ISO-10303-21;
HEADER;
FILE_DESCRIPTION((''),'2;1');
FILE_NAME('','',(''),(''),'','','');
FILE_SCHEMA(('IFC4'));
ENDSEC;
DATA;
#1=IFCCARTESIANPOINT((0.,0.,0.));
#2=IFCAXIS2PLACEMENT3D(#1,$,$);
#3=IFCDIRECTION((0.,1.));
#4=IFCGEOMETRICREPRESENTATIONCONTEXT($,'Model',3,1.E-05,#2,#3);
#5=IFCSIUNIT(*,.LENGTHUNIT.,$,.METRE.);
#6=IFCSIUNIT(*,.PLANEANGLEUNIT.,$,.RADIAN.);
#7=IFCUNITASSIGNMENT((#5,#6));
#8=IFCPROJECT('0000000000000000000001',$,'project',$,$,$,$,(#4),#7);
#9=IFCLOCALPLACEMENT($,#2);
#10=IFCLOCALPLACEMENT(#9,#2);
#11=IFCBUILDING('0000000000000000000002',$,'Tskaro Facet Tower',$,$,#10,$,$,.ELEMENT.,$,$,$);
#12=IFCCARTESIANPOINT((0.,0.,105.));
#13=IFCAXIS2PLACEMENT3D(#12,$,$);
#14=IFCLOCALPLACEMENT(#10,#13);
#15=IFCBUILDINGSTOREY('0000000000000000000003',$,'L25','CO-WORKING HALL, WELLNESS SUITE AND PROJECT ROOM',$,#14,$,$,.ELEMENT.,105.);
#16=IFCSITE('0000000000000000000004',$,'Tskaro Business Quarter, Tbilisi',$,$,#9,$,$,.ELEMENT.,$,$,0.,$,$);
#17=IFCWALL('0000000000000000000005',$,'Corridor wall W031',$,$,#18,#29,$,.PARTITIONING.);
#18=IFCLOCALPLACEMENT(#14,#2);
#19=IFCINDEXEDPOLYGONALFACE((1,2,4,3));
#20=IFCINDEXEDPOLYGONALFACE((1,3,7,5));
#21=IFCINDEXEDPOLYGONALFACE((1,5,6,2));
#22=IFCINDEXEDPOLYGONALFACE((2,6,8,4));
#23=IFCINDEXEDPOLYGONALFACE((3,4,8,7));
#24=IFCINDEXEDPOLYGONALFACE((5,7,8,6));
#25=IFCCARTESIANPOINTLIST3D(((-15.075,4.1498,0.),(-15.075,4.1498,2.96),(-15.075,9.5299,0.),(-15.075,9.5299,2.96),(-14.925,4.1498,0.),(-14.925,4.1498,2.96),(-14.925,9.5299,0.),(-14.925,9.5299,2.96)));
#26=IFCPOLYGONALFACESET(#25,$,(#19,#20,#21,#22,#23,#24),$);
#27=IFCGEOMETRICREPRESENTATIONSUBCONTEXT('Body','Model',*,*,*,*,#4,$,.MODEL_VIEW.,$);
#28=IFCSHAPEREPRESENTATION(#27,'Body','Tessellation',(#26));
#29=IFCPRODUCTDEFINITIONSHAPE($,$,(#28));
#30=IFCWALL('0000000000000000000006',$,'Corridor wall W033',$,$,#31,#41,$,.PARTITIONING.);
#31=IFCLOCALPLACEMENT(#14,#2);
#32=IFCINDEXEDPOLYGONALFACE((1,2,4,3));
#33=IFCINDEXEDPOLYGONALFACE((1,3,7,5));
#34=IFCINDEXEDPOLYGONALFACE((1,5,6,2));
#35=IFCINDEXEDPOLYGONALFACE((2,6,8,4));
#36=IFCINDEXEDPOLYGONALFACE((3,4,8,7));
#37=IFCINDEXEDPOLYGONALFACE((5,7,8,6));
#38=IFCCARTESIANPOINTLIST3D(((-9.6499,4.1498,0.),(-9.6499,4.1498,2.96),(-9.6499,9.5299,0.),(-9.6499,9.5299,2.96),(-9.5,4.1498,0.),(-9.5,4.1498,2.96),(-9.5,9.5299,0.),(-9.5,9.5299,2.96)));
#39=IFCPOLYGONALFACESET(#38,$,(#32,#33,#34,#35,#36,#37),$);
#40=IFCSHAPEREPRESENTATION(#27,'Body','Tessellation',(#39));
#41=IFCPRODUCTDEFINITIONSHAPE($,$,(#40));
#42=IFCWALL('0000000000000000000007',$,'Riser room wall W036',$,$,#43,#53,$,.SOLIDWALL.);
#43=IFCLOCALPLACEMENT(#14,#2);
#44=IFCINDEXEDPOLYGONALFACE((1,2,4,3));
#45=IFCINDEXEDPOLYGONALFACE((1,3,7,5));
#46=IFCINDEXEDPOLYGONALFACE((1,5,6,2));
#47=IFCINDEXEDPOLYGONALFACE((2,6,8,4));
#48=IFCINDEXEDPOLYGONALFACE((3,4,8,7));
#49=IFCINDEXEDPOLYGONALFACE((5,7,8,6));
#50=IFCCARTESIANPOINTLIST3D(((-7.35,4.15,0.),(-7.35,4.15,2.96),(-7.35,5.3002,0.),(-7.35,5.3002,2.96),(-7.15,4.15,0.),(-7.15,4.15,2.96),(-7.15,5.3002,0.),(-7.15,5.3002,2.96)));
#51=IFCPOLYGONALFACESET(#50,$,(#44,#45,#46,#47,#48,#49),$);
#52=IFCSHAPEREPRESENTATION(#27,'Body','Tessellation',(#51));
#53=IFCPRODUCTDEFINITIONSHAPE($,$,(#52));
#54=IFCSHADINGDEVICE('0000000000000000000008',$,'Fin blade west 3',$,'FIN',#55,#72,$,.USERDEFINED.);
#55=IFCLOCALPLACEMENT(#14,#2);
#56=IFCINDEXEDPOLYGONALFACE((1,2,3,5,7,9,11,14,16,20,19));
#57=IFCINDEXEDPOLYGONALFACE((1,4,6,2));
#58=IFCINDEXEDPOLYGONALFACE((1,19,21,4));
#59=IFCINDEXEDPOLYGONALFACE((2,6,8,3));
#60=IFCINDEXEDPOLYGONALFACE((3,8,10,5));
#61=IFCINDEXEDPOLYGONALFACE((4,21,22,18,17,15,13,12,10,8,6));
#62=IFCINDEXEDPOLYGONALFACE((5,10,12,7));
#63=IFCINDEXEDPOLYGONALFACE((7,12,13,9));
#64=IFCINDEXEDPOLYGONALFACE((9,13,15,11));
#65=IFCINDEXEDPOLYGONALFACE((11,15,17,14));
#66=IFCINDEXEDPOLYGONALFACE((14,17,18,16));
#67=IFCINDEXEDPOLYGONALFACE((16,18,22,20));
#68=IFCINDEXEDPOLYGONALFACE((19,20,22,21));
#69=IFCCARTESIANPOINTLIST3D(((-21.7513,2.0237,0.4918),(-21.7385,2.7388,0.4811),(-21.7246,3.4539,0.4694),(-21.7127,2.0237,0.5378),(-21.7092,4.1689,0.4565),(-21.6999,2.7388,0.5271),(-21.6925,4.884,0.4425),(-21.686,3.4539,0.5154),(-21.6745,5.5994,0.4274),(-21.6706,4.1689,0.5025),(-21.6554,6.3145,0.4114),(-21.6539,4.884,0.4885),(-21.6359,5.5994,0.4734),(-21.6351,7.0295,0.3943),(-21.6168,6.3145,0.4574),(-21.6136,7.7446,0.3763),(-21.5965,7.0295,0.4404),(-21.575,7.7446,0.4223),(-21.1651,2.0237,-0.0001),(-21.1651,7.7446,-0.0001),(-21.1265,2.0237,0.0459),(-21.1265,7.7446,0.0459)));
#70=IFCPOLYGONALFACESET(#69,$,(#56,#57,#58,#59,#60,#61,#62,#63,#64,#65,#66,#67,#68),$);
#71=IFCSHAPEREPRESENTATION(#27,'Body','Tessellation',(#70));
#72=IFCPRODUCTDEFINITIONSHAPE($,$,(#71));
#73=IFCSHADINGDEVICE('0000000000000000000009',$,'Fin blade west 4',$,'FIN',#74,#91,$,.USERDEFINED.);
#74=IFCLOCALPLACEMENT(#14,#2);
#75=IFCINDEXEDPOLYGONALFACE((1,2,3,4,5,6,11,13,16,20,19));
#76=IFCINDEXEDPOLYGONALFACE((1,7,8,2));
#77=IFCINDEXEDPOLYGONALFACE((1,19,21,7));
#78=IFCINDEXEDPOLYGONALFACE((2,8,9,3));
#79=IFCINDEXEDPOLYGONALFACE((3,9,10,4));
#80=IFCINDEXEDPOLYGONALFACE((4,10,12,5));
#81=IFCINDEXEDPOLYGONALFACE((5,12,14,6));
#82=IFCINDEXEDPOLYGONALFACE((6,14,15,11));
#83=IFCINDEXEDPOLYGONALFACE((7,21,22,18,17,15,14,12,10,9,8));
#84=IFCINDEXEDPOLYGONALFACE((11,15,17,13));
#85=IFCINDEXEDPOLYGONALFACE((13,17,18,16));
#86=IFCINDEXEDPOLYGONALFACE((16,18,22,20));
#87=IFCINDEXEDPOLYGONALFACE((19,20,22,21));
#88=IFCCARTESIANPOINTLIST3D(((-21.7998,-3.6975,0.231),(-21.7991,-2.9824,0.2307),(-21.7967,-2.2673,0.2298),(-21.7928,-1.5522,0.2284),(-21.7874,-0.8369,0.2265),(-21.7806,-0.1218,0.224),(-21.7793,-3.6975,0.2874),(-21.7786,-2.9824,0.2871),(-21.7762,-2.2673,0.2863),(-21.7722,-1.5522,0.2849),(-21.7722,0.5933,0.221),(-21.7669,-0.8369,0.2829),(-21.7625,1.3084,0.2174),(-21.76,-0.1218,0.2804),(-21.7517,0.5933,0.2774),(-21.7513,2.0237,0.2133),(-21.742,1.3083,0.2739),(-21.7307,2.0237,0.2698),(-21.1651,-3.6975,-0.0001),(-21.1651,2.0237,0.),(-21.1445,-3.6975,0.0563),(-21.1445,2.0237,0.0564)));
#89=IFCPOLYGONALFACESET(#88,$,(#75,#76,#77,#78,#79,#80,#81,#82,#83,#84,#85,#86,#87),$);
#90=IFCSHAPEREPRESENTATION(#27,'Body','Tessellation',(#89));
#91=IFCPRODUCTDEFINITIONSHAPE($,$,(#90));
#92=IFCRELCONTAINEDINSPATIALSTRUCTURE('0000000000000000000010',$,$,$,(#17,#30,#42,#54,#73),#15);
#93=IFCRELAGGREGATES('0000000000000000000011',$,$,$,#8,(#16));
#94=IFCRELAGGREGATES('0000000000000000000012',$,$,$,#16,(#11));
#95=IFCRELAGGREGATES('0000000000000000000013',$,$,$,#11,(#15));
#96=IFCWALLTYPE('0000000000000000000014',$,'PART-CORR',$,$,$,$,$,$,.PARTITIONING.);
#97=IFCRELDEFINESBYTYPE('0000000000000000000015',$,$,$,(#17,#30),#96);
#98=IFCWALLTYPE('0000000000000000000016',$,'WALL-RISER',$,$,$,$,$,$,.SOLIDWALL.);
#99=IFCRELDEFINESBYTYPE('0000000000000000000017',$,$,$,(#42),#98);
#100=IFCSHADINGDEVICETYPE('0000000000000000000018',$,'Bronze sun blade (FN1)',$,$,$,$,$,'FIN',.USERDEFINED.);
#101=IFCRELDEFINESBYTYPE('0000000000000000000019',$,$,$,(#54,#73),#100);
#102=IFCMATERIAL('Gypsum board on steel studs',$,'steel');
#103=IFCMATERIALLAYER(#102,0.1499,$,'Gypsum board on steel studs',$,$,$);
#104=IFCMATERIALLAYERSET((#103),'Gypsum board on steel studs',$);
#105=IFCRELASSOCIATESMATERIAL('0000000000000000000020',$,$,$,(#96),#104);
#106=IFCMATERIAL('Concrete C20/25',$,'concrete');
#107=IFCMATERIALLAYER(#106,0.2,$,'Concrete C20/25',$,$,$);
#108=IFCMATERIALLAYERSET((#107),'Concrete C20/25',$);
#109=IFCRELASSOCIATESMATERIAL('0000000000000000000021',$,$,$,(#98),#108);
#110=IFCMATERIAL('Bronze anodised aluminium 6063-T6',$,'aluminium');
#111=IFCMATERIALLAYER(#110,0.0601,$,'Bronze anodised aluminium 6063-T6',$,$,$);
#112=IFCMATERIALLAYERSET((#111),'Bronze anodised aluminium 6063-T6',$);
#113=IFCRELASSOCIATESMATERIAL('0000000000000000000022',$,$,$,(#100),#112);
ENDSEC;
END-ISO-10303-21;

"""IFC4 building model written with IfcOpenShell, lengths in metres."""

from ifc_helpers import new_model, si_unit, direction, frame, frame_2d, origin, place, context, subcontext, project, spatial, polyline, rectangle, outline, extrude, material, layer, layer_set, type_object, element, save


model = new_model("IFC4")

# Units and contexts
model_context = context("Model", 3, precision=1e-05, world=origin(), true_north=direction((0.0, 1.0)))
body_context = subcontext(model_context, "Body", "Model", "MODEL_VIEW")
ifc_project = project(units=[si_unit("LENGTHUNIT", "METRE"), si_unit("PLANEANGLEUNIT", "RADIAN")], contexts=[model_context])

# Site, building, storey
site_placement = place(None, origin())
site = spatial("IfcSite", under=ifc_project, at=site_placement, Name="Tskaro Business Quarter, Tbilisi", CompositionType="ELEMENT", RefElevation=0.0)
building_placement = place(site_placement, origin())
building = spatial("IfcBuilding", under=site, at=building_placement, Name="Tskaro Facet Tower", CompositionType="ELEMENT")
storey_placement = place(building_placement, frame((0.0, 0.0, 105.0)))
storey = spatial("IfcBuildingStorey", under=building, at=storey_placement, Name="L25", Description="CO-WORKING HALL, WELLNESS SUITE AND PROJECT ROOM", CompositionType="ELEMENT", Elevation=105.0)

# Shared definitions
ifc_material_1 = material(Name="Bronze anodised aluminium 6063-T6", Category="aluminium")

# Walls
ifc_material_2 = material(Name="Gypsum board on steel studs", Category="steel")
ifc_layer_1 = layer(ifc_material_2, 0.1499, Name="Gypsum board on steel studs")
ifc_layer_set_1 = layer_set([ifc_layer_1], Name="Gypsum board on steel studs")
wall_type_1 = type_object("IfcWallType", Name="PART-CORR", PredefinedType="PARTITIONING", material=ifc_layer_set_1)
for number, where, z_axis, x_axis, name in (
    (1, (-15.0, 4.1499, 0.0), (0.0, 0.0, 1.0), (0.0, 1.0, 0.0), "Corridor wall W031"),
    (2, (-9.575, 4.1499, 0.0), (0.0, 0.0, 1.0), (0.0, 1.0, 0.0), "Corridor wall W033"),
):
    element("IfcWall", number, at=place(storey_placement, frame(where, z_axis=z_axis, x_axis=x_axis)), inside=storey, type_object=wall_type_1, Name=name, PredefinedType="PARTITIONING", context=body_context, shape_type="SweptSolid", body=[
        extrude(rectangle(XDim=5.3801, YDim=0.1499, at=frame_2d((2.6899, 0.0))), origin(), (0.0, 0.0, 1.0), 2.96),
    ])
ifc_material_3 = material(Name="Concrete C20/25", Category="concrete")
ifc_layer_2 = layer(ifc_material_3, 0.2, Name="Concrete C20/25")
ifc_layer_set_2 = layer_set([ifc_layer_2], Name="Concrete C20/25")
wall_type_2 = type_object("IfcWallType", Name="WALL-RISER", PredefinedType="SOLIDWALL", material=ifc_layer_set_2)
wall_1_placement = place(storey_placement, frame((-7.25, 4.1499, 0.0), z_axis=(0.0, 0.0, 1.0), x_axis=(0.0, 1.0, 0.0)))
element("IfcWall", 3, at=wall_1_placement, inside=storey, type_object=wall_type_2, Name="Riser room wall W036", PredefinedType="SOLIDWALL", context=body_context, shape_type="SweptSolid", body=[
    extrude(rectangle(XDim=1.1501, YDim=0.2, at=frame_2d((0.5752, 0.0))), origin(), (0.0, 0.0, 1.0), 2.96),
])

# Shading devices
ifc_layer_3 = layer(ifc_material_1, 0.0601, Name="Bronze anodised aluminium 6063-T6")
ifc_layer_set_3 = layer_set([ifc_layer_3], Name="Bronze anodised aluminium 6063-T6")
shading_device_type = type_object("IfcShadingDeviceType", Name="Bronze sun blade (FN1)", ElementType="FIN", PredefinedType="USERDEFINED", material=ifc_layer_set_3)
shading_device_1_placement = place(storey_placement, frame((-21.1265, 7.7446, 0.0459), z_axis=(0.64284, -0.000005, 0.766001), x_axis=(-0.000003, -1.0, -0.000004)))
element("IfcShadingDevice", 4, at=shading_device_1_placement, inside=storey, type_object=shading_device_type, Name="Fin blade west 3", ObjectType="FIN", PredefinedType="USERDEFINED", context=body_context, shape_type="SweptSolid", body=[
    extrude(outline(polyline([(0.0, 0.0), (5.7209, 0.0), (5.7209, -0.7653), (5.0059, -0.7486), (4.2908, -0.7304), (3.5757, -0.7103), (2.8606, -0.6885), (2.1453, -0.6651), (1.4302, -0.6401), (0.7151, -0.6136), (0.0, -0.5855), (0.0, 0.0)])), origin(), (0.0, 0.0, -1.0), 0.0601),
])
shading_device_2_placement = place(storey_placement, frame((-21.1445, 2.0237, 0.0564), z_axis=(0.342067, -0.000009, 0.939676), x_axis=(-0.000003, -1.0, -0.000009)))
element("IfcShadingDevice", 5, at=shading_device_2_placement, inside=storey, type_object=shading_device_type, Name="Fin blade west 4", ObjectType="FIN", PredefinedType="USERDEFINED", context=body_context, shape_type="SweptSolid", body=[
    extrude(outline(polyline([(0.0, 0.0), (5.7212, 0.0), (5.7212, -0.6755), (5.0061, -0.6747), (4.291, -0.6722), (3.5759, -0.668), (2.8606, -0.6623), (2.1455, -0.655), (1.4304, -0.6461), (0.7153, -0.6358), (0.0, -0.6238), (0.0, 0.0)])), origin(), (0.0, 0.0, -1.0), 0.0601),
])

save(model, "model.ifc")
